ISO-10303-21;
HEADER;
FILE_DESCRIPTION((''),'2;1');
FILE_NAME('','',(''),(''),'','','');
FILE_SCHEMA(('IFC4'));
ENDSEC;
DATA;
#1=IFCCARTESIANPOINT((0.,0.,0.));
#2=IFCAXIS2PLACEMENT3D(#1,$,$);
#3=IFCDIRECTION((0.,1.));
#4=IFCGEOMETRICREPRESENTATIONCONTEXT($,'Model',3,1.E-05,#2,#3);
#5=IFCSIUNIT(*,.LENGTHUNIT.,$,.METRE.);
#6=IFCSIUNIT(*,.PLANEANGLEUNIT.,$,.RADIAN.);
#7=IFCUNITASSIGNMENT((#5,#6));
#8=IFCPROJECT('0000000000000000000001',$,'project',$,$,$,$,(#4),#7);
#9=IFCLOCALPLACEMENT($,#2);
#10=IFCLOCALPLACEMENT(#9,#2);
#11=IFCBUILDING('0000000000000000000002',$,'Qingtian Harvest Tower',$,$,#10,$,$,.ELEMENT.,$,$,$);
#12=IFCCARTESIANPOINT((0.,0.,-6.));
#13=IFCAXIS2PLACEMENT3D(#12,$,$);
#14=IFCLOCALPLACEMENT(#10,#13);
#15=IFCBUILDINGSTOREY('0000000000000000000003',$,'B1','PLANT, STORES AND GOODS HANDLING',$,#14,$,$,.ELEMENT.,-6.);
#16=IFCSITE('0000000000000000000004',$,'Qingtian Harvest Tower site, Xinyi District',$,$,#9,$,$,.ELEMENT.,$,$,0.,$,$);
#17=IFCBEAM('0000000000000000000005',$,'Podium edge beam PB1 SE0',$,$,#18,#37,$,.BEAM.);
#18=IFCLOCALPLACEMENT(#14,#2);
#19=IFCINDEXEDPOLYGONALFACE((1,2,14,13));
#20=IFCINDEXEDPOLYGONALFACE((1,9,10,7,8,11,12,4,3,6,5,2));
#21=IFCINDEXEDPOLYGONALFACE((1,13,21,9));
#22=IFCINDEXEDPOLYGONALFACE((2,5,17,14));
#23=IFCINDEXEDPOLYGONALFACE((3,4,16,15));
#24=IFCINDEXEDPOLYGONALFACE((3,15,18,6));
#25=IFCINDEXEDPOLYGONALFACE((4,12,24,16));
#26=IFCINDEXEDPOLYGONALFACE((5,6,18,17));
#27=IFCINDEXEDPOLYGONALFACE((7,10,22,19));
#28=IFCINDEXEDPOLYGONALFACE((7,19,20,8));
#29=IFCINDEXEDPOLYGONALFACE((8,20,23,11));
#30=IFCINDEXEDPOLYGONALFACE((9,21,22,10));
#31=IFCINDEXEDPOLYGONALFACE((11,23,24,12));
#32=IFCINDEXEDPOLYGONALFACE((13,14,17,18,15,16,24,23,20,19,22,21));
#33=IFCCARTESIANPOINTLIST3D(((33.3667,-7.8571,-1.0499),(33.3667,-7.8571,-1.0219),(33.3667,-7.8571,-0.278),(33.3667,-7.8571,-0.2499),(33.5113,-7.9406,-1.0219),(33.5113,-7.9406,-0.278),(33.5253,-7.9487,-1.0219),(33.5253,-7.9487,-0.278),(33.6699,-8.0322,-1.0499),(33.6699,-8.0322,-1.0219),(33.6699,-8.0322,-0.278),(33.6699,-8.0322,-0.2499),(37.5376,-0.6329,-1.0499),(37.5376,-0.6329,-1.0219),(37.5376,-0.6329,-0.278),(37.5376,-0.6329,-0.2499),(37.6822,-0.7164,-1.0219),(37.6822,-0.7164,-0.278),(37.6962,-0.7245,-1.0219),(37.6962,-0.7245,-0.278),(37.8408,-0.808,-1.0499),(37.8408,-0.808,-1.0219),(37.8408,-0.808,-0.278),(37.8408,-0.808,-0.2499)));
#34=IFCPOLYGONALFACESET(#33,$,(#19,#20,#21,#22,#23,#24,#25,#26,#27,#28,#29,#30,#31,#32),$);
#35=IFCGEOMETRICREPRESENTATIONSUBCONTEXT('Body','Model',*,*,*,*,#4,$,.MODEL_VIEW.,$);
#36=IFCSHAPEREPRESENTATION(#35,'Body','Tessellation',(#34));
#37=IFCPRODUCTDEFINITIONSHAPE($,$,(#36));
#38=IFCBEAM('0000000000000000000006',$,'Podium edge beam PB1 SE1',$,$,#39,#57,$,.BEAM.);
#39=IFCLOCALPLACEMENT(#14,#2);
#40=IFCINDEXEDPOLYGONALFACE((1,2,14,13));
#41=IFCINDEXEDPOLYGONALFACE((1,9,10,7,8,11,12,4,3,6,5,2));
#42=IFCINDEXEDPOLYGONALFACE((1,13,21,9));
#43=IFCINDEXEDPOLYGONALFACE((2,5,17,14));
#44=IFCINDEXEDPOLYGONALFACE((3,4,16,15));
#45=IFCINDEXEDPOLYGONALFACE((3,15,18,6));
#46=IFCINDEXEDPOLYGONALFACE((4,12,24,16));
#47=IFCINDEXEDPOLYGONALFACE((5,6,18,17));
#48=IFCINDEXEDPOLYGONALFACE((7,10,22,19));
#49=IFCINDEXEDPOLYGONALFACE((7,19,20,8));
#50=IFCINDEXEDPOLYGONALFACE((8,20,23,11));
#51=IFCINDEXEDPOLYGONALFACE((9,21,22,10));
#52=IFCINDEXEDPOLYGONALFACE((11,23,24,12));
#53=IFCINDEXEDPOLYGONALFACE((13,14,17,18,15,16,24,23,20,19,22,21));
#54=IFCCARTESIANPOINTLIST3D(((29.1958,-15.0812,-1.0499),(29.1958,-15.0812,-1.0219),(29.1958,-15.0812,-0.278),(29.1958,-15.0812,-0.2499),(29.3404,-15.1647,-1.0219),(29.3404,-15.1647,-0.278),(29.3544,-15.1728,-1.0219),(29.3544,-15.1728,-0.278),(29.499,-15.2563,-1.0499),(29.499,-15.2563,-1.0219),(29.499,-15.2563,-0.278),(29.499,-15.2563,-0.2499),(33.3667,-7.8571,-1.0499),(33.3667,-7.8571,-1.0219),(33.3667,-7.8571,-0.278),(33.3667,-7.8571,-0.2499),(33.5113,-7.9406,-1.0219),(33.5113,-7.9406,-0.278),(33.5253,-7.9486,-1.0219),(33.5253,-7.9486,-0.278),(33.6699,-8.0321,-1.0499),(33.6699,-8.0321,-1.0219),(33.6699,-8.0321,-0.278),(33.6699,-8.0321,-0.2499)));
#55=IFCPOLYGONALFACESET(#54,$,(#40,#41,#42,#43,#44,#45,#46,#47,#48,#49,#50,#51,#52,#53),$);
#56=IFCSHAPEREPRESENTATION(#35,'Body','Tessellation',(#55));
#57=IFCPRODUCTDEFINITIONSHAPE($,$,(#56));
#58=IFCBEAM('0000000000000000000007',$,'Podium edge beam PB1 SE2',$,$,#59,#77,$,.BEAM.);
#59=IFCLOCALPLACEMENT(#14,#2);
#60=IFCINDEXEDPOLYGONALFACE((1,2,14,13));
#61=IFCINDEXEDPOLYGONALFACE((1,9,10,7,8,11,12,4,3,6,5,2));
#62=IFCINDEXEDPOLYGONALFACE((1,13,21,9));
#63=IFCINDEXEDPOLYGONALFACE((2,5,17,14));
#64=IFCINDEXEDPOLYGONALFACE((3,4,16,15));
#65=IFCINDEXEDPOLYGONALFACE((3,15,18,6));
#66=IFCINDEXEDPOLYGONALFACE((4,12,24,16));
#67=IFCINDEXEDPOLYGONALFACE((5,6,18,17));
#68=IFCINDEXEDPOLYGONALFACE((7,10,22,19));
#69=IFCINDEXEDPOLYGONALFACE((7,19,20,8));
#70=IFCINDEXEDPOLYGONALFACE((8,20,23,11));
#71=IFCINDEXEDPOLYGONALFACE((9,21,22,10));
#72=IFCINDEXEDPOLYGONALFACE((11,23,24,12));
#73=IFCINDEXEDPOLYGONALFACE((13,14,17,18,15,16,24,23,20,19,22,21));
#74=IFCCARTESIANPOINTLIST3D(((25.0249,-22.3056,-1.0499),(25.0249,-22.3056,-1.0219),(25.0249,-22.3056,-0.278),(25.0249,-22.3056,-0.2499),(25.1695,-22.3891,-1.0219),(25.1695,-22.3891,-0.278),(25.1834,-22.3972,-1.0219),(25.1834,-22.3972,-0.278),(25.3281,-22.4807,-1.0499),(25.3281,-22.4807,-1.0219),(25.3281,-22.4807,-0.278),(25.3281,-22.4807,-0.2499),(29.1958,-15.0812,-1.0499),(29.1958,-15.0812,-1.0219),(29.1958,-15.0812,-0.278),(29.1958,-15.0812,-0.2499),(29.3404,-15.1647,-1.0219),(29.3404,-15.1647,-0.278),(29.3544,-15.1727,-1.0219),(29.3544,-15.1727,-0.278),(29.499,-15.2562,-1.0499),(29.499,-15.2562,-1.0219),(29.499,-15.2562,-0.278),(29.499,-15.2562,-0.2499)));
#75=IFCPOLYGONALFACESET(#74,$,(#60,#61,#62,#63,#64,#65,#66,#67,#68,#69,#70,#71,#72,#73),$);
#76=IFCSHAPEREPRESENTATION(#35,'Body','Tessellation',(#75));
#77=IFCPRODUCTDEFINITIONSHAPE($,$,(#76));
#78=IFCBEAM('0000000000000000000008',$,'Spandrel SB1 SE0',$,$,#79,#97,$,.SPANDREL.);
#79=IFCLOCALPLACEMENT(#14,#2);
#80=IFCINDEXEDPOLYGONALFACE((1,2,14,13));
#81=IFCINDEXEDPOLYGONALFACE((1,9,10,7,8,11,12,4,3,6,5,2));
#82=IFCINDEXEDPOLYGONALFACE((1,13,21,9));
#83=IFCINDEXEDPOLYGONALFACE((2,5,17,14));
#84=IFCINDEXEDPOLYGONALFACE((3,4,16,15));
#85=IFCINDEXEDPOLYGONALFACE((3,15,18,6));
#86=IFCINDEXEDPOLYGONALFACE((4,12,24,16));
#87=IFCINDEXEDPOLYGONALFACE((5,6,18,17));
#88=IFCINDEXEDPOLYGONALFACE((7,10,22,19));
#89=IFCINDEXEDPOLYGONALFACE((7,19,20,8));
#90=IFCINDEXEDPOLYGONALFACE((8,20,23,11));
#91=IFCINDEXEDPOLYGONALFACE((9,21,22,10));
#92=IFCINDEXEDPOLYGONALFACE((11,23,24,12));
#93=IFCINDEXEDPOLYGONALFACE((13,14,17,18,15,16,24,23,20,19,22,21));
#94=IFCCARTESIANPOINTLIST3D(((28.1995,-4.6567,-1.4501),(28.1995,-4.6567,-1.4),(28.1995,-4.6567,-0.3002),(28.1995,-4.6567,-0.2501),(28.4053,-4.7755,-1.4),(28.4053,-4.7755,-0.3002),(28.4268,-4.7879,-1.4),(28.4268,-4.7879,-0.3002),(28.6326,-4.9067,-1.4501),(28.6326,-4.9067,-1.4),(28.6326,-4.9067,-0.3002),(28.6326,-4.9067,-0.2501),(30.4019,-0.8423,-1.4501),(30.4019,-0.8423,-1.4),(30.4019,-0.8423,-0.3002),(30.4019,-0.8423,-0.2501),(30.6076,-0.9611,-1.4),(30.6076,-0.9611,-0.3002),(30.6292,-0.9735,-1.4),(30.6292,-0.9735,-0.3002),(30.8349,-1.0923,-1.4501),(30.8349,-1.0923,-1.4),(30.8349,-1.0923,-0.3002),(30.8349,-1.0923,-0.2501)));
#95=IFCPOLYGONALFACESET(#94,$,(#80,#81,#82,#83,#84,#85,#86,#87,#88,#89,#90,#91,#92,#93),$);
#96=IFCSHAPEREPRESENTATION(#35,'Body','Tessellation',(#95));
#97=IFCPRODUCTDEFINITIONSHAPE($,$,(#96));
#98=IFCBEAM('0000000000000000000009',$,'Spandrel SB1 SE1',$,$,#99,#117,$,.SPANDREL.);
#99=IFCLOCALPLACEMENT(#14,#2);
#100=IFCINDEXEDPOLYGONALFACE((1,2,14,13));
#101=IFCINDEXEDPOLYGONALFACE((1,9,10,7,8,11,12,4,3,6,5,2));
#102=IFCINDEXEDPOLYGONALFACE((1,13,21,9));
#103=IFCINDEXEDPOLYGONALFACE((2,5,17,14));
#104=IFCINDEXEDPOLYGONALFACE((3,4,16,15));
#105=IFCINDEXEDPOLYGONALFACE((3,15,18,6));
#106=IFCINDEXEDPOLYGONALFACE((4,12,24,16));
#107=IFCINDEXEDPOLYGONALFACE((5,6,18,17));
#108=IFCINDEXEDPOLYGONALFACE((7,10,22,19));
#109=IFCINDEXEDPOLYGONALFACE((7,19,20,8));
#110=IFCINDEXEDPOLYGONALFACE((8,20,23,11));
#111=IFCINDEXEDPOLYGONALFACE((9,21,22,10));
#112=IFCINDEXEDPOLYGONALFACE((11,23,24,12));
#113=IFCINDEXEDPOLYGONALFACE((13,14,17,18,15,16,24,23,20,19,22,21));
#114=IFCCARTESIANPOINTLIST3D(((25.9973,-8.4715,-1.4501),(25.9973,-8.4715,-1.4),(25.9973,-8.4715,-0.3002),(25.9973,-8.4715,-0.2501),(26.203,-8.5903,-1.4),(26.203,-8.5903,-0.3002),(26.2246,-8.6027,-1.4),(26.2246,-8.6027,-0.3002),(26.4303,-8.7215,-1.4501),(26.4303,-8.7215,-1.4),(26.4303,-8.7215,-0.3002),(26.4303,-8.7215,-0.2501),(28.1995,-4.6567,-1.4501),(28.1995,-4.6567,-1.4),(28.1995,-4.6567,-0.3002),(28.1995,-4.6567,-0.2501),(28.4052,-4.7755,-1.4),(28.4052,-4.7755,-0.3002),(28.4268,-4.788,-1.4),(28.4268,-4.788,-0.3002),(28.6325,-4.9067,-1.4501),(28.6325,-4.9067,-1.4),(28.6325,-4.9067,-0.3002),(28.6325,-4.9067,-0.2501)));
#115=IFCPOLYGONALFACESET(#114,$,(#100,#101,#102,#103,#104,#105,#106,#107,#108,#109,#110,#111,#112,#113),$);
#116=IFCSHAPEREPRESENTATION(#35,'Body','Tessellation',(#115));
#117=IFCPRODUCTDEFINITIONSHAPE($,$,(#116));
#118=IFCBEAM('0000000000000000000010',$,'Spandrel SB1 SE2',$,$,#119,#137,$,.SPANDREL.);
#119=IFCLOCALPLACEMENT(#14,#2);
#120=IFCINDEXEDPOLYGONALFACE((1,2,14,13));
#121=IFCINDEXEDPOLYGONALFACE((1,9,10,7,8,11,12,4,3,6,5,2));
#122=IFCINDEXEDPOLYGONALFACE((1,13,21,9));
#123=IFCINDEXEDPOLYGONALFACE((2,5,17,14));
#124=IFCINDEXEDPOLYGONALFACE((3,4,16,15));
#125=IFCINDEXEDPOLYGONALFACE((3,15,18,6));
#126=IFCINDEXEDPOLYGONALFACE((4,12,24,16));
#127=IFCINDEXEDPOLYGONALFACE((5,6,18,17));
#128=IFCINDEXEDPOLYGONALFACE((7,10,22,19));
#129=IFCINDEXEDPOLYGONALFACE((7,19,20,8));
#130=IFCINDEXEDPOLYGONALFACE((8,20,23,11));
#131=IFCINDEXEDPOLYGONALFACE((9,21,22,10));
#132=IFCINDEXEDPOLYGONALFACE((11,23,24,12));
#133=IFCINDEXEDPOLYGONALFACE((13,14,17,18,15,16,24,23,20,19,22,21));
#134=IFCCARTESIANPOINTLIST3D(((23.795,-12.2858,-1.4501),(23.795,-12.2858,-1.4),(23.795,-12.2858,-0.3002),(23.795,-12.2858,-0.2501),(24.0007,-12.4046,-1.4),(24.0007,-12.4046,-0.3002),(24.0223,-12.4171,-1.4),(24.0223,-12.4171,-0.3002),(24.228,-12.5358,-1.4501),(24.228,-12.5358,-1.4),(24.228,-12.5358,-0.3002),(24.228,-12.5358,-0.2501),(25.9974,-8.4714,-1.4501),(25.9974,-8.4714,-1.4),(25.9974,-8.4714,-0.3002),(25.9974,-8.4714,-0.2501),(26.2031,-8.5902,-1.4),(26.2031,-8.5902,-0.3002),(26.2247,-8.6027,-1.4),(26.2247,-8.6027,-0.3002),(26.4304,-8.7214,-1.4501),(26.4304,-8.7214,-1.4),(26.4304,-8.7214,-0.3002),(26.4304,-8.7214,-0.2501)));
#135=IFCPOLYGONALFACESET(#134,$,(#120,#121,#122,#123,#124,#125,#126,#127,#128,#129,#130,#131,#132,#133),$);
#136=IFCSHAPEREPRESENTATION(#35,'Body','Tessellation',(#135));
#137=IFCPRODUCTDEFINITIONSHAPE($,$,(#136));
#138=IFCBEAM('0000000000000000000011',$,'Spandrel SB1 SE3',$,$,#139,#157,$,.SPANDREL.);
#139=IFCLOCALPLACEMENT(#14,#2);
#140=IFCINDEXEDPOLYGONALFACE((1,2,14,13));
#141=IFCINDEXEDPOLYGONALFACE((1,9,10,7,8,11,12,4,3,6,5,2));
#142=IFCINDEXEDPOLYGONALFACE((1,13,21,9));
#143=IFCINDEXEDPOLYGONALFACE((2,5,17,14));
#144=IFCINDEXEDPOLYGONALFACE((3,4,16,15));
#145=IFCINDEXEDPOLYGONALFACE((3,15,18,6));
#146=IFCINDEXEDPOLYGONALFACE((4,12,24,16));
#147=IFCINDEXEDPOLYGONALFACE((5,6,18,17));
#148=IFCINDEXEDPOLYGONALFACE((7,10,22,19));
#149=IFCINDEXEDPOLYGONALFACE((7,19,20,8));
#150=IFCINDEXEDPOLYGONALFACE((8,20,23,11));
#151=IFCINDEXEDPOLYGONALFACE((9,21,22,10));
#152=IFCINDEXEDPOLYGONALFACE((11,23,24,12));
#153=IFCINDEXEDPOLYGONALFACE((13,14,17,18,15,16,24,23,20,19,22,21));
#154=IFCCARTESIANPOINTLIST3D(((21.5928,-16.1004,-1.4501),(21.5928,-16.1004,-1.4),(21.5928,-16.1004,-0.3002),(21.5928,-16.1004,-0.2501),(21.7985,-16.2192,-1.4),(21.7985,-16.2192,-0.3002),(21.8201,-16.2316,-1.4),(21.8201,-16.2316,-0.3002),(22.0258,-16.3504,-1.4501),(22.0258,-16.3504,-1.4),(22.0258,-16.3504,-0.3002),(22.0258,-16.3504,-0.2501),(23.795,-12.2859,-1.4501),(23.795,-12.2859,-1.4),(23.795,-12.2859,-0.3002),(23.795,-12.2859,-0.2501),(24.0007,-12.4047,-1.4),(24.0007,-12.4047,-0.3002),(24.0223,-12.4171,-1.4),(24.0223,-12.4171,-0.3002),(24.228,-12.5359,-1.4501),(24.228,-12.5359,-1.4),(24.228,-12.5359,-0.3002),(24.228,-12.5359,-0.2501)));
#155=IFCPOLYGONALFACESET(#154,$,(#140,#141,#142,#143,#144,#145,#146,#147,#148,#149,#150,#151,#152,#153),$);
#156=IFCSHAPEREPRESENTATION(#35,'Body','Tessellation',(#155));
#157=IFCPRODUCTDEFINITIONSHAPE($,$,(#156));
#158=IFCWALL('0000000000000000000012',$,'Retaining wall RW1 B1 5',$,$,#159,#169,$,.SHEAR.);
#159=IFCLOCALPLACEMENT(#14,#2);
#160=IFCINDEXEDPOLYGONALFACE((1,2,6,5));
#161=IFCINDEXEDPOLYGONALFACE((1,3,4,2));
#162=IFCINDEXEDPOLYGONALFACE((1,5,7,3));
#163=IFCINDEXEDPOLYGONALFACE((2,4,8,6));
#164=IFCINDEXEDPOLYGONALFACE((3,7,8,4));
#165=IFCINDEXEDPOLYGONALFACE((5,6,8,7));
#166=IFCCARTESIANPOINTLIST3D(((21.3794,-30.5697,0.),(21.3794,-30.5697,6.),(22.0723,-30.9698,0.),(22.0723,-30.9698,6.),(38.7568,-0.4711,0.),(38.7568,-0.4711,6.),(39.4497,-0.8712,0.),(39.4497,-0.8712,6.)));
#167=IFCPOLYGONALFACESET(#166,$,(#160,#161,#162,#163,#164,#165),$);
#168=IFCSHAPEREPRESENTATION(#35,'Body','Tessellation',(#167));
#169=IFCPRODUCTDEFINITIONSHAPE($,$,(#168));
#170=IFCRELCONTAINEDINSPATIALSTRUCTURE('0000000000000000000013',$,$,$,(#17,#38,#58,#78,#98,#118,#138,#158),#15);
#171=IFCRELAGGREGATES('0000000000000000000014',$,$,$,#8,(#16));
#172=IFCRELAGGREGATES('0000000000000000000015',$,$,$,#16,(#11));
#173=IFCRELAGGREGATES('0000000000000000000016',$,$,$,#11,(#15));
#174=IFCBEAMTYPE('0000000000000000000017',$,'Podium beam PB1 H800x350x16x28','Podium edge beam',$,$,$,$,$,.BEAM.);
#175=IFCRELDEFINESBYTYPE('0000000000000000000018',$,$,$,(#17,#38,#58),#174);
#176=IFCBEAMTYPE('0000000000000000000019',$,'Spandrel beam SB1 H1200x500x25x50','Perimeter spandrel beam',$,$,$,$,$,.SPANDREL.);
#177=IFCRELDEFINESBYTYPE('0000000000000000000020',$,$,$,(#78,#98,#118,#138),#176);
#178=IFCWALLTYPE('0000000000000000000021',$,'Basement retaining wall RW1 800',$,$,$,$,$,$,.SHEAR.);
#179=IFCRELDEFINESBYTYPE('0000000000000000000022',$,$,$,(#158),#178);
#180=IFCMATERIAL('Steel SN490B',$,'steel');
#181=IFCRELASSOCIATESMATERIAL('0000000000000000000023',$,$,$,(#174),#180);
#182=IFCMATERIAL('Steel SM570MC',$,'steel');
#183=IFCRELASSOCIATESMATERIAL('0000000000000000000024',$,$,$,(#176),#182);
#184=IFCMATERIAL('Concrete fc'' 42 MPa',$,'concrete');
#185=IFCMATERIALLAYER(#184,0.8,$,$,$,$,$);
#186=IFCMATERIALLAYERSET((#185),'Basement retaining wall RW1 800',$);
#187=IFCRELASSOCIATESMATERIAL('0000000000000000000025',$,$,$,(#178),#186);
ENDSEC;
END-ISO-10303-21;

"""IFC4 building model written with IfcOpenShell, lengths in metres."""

from ifc_helpers import new_model, si_unit, direction, frame, frame_2d, origin, origin_2d, place, context, subcontext, project, spatial, rectangle, i_section, extrude, material, layer, layer_set, material_profile, profile_set, type_object, element, save


model = new_model("IFC4")

# Units and contexts
model_context = context("Model", 3, precision=1e-05, world=origin(), true_north=direction((0.0, 1.0)))
body_context = subcontext(model_context, "Body", "Model", "MODEL_VIEW")
ifc_project = project(units=[si_unit("LENGTHUNIT", "METRE"), si_unit("PLANEANGLEUNIT", "RADIAN")], contexts=[model_context])

# Site, building, storey
site_placement = place(None, origin())
site = spatial("IfcSite", under=ifc_project, at=site_placement, Name="Qingtian Harvest Tower site, Xinyi District", CompositionType="ELEMENT", RefElevation=0.0)
building_placement = place(site_placement, origin())
building = spatial("IfcBuilding", under=site, at=building_placement, Name="Qingtian Harvest Tower", CompositionType="ELEMENT")
storey_placement = place(building_placement, frame((0.0, 0.0, -6.0)))
storey = spatial("IfcBuildingStorey", under=building, at=storey_placement, Name="B1", Description="PLANT, STORES AND GOODS HANDLING", CompositionType="ELEMENT", Elevation=-6.0)

# Beams
ifc_material_1 = material(Name="Steel SN490B", Category="steel")
ifc_material_profile_1 = material_profile(ifc_material_1, i_section(OverallWidth=0.3501, OverallDepth=0.8, WebThickness=0.0161, FlangeThickness=0.0281, at=origin_2d()), Name="H800x350x16x28")
ifc_profile_set_1 = profile_set([ifc_material_profile_1], Name="Steel SN490B")
beam_type_1 = type_object("IfcBeamType", Name="Podium beam PB1 H800x350x16x28", Description="Podium edge beam", PredefinedType="BEAM", material=ifc_profile_set_1)
for number, where, z_axis, x_axis, name in (
    (1, (37.6892, -0.7205, -0.6499), (-0.500005, -0.866023, 0.0), (0.866023, -0.500005, 0.0), "Podium edge beam PB1 SE0"),
    (2, (33.5183, -7.9446, -0.6499), (-0.500005, -0.866023, 0.0), (0.866023, -0.500005, 0.0), "Podium edge beam PB1 SE1"),
):
    element("IfcBeam", number, at=place(storey_placement, frame(where, z_axis=z_axis, x_axis=x_axis)), inside=storey, type_object=beam_type_1, Name=name, PredefinedType="BEAM", context=body_context, shape_type="SweptSolid", body=[
        extrude(i_section(OverallWidth=0.3501, OverallDepth=0.8, WebThickness=0.0161, FlangeThickness=0.0281, at=origin_2d()), origin(), (0.0, 0.0, 1.0), 8.3418),
    ])
beam_1_placement = place(storey_placement, frame((29.3474, -15.1687, -0.6499), z_axis=(-0.499992, -0.86603, 0.0), x_axis=(0.86603, -0.499992, 0.0)))
element("IfcBeam", 3, at=beam_1_placement, inside=storey, type_object=beam_type_1, Name="Podium edge beam PB1 SE2", PredefinedType="BEAM", context=body_context, shape_type="SweptSolid", body=[
    extrude(i_section(OverallWidth=0.3501, OverallDepth=0.8, WebThickness=0.0161, FlangeThickness=0.0281, at=origin_2d()), origin(), (0.0, 0.0, 1.0), 8.342),
])
ifc_material_2 = material(Name="Steel SM570MC", Category="steel")
ifc_material_profile_2 = material_profile(ifc_material_2, i_section(OverallWidth=0.5, OverallDepth=1.2, WebThickness=0.0249, FlangeThickness=0.05, at=origin_2d()), Name="H1200x500x25x50")
ifc_profile_set_2 = profile_set([ifc_material_profile_2], Name="Steel SM570MC")
beam_type_2 = type_object("IfcBeamType", Name="Spandrel beam SB1 H1200x500x25x50", Description="Perimeter spandrel beam", PredefinedType="SPANDREL", material=ifc_profile_set_2)
beam_2_placement = place(storey_placement, frame((30.6184, -0.9673, -0.8501), z_axis=(-0.50002, -0.866014, 0.0), x_axis=(0.866014, -0.50002, 0.0)))
element("IfcBeam", 4, at=beam_2_placement, inside=storey, type_object=beam_type_2, Name="Spandrel SB1 SE0", PredefinedType="SPANDREL", context=body_context, shape_type="SweptSolid", body=[
    extrude(i_section(OverallWidth=0.5, OverallDepth=1.2, WebThickness=0.0249, FlangeThickness=0.05, at=origin_2d()), origin(), (0.0, 0.0, 1.0), 4.4045),
])
beam_3_placement = place(storey_placement, frame((28.416, -4.7817, -0.8501), z_axis=(-0.499954, -0.866052, 0.0), x_axis=(0.866052, -0.499954, 0.0)))
element("IfcBeam", 5, at=beam_3_placement, inside=storey, type_object=beam_type_2, Name="Spandrel SB1 SE1", PredefinedType="SPANDREL", context=body_context, shape_type="SweptSolid", body=[
    extrude(i_section(OverallWidth=0.5, OverallDepth=1.2, WebThickness=0.0249, FlangeThickness=0.05, at=origin_2d()), origin(), (0.0, 0.0, 1.0), 4.4048),
])
for number, where, z_axis, x_axis, name in (
    (6, (26.2139, -8.5964, -0.8501), (-0.50002, -0.866014, 0.0), (0.866014, -0.50002, 0.0), "Spandrel SB1 SE2"),
    (7, (24.0115, -12.4109, -0.8501), (-0.499978, -0.866038, 0.0), (0.866038, -0.499978, 0.0), "Spandrel SB1 SE3"),
):
    element("IfcBeam", number, at=place(storey_placement, frame(where, z_axis=z_axis, x_axis=x_axis)), inside=storey, type_object=beam_type_2, Name=name, PredefinedType="SPANDREL", context=body_context, shape_type="SweptSolid", body=[
        extrude(i_section(OverallWidth=0.5, OverallDepth=1.2, WebThickness=0.0249, FlangeThickness=0.05, at=origin_2d()), origin(), (0.0, 0.0, 1.0), 4.4045),
    ])

# Wall
ifc_material_3 = material(Name="Concrete fc' 42 MPa", Category="concrete")
ifc_layer = layer(ifc_material_3, 0.8)
ifc_layer_set = layer_set([ifc_layer], Name="Basement retaining wall RW1 800")
wall_type = type_object("IfcWallType", Name="Basement retaining wall RW1 800", PredefinedType="SHEAR", material=ifc_layer_set)
wall_placement = place(storey_placement, frame((39.1033, -0.6711, 0.0), z_axis=(0.0, 0.0, 1.0), x_axis=(-0.5, -0.866026, 0.0)))
element("IfcWall", 8, at=wall_placement, inside=storey, type_object=wall_type, Name="Retaining wall RW1 B1 5", PredefinedType="SHEAR", context=body_context, shape_type="SweptSolid", body=[
    extrude(rectangle(XDim=34.7549, YDim=0.8, at=frame_2d((17.3774, 0.0))), origin(), (0.0, 0.0, 1.0), 6.0),
])

save(model, "model.ifc")
